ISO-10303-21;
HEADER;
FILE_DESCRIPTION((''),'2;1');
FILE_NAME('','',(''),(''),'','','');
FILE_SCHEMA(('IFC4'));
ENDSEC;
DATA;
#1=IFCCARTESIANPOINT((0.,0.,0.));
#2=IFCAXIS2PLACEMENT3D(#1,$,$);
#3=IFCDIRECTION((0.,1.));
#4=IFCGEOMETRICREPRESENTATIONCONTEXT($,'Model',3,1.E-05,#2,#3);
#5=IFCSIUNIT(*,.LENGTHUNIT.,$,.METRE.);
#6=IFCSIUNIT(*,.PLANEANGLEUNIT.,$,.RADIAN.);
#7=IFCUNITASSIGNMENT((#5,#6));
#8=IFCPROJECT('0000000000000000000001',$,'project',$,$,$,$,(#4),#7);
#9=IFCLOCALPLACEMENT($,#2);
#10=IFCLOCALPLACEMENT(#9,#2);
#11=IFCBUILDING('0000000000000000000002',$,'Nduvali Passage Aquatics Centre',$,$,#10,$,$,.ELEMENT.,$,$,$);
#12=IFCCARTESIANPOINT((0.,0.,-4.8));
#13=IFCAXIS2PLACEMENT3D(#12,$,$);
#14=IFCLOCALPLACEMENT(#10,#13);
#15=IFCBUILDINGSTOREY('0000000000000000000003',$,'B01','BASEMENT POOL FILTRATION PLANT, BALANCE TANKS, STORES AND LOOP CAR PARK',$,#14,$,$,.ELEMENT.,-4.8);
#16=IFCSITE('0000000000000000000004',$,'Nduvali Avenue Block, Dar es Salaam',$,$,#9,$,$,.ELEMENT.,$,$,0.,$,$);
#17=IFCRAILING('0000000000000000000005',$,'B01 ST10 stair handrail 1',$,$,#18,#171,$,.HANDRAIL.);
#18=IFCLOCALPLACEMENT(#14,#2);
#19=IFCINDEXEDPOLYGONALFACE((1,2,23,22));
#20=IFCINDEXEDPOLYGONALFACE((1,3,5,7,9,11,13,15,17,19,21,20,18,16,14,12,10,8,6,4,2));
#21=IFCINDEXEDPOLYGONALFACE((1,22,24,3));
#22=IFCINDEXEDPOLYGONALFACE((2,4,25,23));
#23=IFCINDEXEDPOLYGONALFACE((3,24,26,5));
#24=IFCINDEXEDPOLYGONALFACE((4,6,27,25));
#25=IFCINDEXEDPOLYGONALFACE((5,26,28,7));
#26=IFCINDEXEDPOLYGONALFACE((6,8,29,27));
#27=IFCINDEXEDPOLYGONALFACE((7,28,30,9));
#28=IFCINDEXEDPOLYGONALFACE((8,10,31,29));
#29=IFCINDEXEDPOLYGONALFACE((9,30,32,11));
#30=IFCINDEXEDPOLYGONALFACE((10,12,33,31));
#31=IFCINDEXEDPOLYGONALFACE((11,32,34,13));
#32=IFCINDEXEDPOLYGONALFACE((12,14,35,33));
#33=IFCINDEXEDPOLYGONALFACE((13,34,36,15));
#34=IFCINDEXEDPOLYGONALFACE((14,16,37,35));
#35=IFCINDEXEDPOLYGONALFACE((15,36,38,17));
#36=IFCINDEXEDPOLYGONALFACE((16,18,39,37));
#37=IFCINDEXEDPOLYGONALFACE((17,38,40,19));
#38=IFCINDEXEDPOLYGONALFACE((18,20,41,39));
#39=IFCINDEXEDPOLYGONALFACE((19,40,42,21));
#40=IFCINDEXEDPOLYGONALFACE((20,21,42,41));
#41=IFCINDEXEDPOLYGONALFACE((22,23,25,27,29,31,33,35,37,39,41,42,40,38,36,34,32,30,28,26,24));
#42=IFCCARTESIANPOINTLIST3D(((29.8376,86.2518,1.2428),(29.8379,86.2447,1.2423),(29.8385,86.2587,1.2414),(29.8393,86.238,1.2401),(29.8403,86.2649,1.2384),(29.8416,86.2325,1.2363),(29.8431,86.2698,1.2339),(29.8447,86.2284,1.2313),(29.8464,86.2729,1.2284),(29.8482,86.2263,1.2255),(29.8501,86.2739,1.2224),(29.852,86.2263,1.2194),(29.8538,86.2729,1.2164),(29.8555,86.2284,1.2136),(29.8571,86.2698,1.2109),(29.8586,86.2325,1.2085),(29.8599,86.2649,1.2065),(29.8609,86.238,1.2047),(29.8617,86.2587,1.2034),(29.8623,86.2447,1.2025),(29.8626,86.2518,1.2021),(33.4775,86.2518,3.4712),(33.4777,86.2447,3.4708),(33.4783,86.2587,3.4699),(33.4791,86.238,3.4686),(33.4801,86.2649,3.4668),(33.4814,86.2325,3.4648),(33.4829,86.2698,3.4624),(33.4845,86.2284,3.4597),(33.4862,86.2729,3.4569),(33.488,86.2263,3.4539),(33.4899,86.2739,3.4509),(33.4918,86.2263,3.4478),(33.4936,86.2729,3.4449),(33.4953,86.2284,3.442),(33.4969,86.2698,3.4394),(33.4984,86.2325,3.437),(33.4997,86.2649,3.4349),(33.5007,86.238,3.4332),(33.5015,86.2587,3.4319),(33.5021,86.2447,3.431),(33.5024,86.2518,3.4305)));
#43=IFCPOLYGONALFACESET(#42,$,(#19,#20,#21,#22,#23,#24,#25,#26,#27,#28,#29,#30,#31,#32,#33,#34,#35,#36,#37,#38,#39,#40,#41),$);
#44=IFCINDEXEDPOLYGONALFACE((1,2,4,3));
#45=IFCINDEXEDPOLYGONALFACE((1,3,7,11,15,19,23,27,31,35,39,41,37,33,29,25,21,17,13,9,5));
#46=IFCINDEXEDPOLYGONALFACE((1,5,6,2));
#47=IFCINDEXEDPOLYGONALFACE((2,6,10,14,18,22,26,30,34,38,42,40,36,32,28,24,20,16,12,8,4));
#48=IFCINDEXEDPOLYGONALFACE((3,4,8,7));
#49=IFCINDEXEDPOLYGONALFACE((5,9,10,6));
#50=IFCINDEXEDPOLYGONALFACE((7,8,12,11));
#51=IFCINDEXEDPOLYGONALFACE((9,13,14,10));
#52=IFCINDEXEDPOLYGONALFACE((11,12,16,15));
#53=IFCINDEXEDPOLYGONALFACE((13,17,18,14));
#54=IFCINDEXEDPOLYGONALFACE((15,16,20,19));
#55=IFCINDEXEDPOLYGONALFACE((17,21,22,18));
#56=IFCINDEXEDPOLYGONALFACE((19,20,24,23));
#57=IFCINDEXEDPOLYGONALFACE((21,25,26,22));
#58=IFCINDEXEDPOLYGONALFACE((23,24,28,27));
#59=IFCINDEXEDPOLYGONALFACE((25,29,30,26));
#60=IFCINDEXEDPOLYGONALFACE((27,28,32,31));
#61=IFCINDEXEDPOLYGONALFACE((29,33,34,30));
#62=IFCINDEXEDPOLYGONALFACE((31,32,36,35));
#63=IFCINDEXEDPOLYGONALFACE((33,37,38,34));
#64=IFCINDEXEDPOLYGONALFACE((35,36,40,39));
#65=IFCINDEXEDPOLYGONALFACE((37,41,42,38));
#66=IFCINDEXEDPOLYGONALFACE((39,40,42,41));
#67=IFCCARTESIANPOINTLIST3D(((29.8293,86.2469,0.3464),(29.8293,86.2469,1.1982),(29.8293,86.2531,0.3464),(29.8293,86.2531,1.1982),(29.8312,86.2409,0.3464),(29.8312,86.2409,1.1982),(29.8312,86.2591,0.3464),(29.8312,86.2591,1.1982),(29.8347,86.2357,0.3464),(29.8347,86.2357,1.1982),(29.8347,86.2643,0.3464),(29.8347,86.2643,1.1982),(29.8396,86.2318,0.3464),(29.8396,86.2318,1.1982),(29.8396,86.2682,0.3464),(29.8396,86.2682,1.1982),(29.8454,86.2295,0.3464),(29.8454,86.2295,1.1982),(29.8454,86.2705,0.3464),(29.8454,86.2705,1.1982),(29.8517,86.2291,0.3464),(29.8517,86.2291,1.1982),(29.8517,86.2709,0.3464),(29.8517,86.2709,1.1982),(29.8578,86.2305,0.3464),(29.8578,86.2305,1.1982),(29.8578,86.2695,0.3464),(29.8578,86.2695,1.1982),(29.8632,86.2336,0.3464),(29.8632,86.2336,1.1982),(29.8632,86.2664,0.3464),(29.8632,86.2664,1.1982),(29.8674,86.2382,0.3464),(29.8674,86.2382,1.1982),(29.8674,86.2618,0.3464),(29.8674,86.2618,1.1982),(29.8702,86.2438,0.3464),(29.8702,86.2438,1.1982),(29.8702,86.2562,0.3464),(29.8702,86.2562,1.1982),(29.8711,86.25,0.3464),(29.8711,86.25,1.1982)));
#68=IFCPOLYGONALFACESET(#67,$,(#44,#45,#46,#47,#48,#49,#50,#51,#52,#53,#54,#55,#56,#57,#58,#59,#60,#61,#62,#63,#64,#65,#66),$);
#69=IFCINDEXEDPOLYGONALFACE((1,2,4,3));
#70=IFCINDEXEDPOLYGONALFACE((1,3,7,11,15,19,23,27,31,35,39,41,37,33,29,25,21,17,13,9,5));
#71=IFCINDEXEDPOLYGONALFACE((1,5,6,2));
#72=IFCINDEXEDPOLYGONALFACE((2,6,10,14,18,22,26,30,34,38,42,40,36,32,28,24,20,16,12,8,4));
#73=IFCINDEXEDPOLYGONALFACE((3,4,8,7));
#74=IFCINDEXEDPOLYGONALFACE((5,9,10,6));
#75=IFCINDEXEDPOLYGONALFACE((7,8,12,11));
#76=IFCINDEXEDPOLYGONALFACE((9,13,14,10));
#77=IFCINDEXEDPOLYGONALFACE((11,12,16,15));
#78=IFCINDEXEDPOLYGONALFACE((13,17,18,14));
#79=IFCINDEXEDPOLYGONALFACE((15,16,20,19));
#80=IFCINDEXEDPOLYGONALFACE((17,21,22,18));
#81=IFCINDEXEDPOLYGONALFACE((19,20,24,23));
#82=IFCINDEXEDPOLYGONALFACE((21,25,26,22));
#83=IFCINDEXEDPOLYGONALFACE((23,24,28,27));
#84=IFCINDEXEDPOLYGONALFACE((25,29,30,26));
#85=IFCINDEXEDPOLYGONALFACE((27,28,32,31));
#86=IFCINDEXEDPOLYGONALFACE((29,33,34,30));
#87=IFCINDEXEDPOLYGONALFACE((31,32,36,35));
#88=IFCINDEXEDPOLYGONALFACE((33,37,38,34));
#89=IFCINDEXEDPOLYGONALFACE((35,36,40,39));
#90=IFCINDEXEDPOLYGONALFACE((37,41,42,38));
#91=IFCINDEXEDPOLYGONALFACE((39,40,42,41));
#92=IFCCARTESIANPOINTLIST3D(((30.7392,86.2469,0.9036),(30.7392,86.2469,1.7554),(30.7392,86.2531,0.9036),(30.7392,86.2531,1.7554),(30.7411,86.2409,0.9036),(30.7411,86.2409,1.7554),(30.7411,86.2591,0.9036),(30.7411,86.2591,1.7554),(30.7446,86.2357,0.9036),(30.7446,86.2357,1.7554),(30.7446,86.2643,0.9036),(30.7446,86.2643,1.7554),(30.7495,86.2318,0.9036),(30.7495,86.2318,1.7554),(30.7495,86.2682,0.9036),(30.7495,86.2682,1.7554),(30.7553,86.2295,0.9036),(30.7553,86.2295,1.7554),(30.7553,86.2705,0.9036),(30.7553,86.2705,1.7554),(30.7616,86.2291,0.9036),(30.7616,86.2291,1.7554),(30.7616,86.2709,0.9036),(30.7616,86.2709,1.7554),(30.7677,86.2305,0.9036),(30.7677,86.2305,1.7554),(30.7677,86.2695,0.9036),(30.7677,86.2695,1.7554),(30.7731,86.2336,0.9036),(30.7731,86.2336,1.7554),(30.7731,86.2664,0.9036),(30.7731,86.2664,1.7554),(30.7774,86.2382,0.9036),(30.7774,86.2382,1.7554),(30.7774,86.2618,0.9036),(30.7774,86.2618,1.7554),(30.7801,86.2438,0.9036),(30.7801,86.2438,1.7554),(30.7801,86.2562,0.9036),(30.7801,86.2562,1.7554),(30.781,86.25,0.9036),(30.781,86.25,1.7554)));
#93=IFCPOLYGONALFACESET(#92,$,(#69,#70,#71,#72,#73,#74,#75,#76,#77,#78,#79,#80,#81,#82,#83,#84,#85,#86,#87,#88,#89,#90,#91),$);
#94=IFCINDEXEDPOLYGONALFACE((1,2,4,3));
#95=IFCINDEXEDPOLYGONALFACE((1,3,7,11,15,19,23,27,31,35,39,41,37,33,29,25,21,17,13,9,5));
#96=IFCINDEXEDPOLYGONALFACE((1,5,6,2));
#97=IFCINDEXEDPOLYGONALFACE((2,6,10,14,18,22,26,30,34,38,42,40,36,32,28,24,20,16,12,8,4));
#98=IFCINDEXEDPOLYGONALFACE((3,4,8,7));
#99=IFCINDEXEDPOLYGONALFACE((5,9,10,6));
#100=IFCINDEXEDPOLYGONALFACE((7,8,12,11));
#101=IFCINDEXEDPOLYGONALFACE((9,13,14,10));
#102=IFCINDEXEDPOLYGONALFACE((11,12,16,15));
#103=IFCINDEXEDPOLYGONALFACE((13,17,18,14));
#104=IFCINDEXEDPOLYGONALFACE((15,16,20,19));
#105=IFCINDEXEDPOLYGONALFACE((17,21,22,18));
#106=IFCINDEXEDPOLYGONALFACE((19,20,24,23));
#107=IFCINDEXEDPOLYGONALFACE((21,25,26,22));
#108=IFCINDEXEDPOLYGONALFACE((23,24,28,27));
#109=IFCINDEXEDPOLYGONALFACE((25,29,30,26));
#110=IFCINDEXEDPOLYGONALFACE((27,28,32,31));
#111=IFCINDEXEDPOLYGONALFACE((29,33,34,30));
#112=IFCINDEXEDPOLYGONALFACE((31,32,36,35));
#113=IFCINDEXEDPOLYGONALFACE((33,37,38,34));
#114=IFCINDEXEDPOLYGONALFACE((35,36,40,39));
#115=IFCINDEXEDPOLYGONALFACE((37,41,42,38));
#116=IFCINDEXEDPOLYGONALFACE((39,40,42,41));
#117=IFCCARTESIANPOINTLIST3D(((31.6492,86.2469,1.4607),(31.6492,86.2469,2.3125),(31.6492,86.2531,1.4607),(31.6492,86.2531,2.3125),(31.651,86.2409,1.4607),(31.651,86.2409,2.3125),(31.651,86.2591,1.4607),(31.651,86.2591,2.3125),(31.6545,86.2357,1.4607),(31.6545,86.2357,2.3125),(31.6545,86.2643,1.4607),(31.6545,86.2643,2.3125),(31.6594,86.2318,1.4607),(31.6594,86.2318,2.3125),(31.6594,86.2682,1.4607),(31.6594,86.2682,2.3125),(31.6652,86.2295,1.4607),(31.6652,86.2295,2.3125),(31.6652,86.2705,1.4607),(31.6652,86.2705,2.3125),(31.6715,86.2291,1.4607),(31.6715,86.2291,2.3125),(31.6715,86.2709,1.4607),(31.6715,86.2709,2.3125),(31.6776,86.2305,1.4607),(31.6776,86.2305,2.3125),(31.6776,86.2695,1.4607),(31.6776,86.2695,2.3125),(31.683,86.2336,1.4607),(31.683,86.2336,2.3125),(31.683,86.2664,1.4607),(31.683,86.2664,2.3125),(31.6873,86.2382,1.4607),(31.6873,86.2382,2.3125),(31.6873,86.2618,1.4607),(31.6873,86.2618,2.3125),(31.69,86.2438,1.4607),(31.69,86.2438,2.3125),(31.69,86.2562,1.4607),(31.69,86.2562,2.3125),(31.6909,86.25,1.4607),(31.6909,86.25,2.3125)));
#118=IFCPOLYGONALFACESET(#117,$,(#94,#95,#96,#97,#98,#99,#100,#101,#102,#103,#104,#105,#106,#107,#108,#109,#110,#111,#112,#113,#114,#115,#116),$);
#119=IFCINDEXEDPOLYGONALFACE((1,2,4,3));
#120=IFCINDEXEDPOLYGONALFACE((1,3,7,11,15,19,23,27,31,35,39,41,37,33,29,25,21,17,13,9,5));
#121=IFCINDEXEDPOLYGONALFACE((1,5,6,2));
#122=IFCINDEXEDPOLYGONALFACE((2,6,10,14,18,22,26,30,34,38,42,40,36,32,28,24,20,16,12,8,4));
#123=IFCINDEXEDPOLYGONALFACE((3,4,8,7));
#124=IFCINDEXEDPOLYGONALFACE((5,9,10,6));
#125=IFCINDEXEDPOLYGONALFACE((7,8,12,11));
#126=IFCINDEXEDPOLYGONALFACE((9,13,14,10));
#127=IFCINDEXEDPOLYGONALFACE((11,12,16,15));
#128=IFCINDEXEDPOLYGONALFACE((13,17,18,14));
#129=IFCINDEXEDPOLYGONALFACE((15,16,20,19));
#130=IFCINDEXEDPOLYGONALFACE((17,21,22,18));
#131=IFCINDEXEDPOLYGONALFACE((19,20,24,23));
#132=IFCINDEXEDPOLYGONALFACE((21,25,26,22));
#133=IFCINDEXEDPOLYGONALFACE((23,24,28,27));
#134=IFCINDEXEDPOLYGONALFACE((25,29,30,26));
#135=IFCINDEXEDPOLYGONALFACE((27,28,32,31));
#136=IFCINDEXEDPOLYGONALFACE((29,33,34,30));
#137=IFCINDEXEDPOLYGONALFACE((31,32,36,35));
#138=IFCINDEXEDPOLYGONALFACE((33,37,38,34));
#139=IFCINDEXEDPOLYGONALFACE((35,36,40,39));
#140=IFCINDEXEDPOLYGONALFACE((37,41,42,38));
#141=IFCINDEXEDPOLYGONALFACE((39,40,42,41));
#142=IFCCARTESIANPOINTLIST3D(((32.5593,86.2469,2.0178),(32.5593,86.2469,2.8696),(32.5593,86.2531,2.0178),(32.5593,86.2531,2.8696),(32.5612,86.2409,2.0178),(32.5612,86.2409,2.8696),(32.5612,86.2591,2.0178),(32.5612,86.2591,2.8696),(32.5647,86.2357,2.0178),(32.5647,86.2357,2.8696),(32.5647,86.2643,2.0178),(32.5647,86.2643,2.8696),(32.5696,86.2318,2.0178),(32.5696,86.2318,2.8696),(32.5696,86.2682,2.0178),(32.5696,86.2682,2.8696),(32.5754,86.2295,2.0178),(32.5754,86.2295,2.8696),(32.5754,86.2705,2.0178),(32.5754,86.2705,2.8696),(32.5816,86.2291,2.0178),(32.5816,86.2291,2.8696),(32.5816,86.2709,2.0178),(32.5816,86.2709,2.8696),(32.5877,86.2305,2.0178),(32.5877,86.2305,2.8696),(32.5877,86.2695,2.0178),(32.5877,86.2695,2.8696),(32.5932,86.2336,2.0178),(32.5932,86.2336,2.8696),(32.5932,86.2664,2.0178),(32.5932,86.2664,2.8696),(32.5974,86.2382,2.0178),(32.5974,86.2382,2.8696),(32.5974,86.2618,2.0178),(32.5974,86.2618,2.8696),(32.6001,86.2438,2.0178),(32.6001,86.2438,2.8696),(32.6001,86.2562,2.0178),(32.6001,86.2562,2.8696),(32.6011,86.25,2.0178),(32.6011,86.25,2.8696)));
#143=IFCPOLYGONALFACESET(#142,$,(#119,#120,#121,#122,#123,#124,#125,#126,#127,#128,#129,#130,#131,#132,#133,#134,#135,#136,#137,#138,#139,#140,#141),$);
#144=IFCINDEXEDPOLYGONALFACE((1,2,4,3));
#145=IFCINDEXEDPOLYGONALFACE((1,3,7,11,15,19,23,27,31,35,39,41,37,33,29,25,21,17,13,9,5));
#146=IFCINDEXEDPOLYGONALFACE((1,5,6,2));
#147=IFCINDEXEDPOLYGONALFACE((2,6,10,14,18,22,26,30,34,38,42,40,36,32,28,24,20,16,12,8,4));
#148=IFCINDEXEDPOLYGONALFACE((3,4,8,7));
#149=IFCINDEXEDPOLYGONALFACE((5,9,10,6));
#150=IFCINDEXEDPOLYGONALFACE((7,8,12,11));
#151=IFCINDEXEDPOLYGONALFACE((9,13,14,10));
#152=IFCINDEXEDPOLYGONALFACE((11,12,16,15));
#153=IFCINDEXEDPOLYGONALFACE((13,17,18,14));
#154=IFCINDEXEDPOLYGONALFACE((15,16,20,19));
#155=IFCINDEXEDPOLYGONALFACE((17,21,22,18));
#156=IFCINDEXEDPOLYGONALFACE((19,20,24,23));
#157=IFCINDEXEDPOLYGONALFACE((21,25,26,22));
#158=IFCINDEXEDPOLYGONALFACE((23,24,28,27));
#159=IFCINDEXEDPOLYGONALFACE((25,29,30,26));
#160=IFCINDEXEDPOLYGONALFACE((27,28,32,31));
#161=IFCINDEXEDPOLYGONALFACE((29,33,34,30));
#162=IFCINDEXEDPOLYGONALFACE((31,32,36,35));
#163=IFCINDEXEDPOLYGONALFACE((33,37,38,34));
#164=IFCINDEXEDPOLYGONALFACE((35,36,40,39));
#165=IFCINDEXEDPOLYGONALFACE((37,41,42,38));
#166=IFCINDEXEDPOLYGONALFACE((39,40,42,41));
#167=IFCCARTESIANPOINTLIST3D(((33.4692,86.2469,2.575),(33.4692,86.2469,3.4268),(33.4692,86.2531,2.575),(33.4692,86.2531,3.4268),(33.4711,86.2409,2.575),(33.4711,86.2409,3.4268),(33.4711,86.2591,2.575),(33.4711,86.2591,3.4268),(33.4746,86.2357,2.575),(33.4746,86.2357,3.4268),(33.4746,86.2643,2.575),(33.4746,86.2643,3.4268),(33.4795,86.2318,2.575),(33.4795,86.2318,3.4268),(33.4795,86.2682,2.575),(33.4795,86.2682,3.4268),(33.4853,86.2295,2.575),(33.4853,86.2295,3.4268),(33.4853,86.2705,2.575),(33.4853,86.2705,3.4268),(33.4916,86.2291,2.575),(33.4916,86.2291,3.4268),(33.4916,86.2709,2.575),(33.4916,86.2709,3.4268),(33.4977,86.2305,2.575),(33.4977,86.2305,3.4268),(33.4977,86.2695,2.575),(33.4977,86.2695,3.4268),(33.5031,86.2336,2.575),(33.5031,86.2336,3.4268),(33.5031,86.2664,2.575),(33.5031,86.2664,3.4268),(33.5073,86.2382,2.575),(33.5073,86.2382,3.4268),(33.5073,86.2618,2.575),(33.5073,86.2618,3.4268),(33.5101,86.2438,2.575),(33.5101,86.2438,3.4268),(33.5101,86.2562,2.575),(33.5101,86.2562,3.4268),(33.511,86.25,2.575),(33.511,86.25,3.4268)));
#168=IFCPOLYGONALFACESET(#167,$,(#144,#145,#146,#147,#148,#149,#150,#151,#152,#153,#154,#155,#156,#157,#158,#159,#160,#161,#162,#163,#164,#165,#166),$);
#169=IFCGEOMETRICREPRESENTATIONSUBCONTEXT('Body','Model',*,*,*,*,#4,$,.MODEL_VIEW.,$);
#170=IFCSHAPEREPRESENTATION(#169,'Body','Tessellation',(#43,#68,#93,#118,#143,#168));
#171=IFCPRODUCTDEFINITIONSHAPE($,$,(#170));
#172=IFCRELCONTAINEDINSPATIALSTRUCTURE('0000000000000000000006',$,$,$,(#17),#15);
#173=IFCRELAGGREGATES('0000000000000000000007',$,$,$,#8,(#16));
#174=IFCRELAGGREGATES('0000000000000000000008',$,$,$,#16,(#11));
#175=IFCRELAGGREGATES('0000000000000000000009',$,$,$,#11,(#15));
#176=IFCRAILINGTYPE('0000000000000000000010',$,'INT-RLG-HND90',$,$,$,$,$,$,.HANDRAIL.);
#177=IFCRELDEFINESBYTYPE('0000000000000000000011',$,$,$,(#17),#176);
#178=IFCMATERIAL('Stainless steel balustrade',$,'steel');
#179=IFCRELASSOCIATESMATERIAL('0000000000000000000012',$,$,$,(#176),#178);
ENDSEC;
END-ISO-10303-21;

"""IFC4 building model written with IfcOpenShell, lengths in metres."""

from ifc_helpers import new_model, si_unit, direction, frame, origin, origin_2d, place, context, subcontext, project, spatial, circle, extrude, material, type_object, element, save


model = new_model("IFC4")

# Units and contexts
model_context = context("Model", 3, precision=1e-05, world=origin(), true_north=direction((0.0, 1.0)))
body_context = subcontext(model_context, "Body", "Model", "MODEL_VIEW")
ifc_project = project(units=[si_unit("LENGTHUNIT", "METRE"), si_unit("PLANEANGLEUNIT", "RADIAN")], contexts=[model_context])

# Site, building, storey
site_placement = place(None, origin())
site = spatial("IfcSite", under=ifc_project, at=site_placement, Name="Nduvali Avenue Block, Dar es Salaam", CompositionType="ELEMENT", RefElevation=0.0)
building_placement = place(site_placement, origin())
building = spatial("IfcBuilding", under=site, at=building_placement, Name="Nduvali Passage Aquatics Centre", CompositionType="ELEMENT")
storey_placement = place(building_placement, frame((0.0, 0.0, -4.8)))
storey = spatial("IfcBuildingStorey", under=building, at=storey_placement, Name="B01", Description="BASEMENT POOL FILTRATION PLANT, BALANCE TANKS, STORES AND LOOP CAR PARK", CompositionType="ELEMENT", Elevation=-4.8)

# Railing
ifc_material_1 = material(Name="Stainless steel balustrade", Category="steel")
railing_type_1 = type_object("IfcRailingType", Name="INT-RLG-HND90", PredefinedType="HANDRAIL", material=ifc_material_1)
railing_1_placement = place(storey_placement, frame((29.8501, 86.25, 0.3464)))
element("IfcRailing", 1, at=railing_1_placement, inside=storey, type_object=railing_type_1, Name="B01 ST10 stair handrail 1", PredefinedType="HANDRAIL", context=body_context, shape_type="SweptSolid", body=[
    extrude(circle(Radius=0.0239, at=origin_2d()), frame((0.0, 0.0, 0.876), z_axis=(0.85285, 0.0, 0.522156), x_axis=(0.0, 1.0, 0.0)), (0.0, 0.0, 1.0), 4.2678),
    extrude(circle(Radius=0.021, at=origin_2d()), origin(), (0.0, 0.0, 1.0), 0.8518),
    extrude(circle(Radius=0.021, at=origin_2d()), frame((0.9099, 0.0, 0.5571)), (0.0, 0.0, 1.0), 0.8518),
    extrude(circle(Radius=0.021, at=origin_2d()), frame((1.8198, 0.0, 1.1143)), (0.0, 0.0, 1.0), 0.8518),
    extrude(circle(Radius=0.021, at=origin_2d()), frame((2.73, 0.0, 1.6714)), (0.0, 0.0, 1.0), 0.8518),
    extrude(circle(Radius=0.021, at=origin_2d()), frame((3.6399, 0.0, 2.2285)), (0.0, 0.0, 1.0), 0.8518),
])

save(model, "model.ifc")
